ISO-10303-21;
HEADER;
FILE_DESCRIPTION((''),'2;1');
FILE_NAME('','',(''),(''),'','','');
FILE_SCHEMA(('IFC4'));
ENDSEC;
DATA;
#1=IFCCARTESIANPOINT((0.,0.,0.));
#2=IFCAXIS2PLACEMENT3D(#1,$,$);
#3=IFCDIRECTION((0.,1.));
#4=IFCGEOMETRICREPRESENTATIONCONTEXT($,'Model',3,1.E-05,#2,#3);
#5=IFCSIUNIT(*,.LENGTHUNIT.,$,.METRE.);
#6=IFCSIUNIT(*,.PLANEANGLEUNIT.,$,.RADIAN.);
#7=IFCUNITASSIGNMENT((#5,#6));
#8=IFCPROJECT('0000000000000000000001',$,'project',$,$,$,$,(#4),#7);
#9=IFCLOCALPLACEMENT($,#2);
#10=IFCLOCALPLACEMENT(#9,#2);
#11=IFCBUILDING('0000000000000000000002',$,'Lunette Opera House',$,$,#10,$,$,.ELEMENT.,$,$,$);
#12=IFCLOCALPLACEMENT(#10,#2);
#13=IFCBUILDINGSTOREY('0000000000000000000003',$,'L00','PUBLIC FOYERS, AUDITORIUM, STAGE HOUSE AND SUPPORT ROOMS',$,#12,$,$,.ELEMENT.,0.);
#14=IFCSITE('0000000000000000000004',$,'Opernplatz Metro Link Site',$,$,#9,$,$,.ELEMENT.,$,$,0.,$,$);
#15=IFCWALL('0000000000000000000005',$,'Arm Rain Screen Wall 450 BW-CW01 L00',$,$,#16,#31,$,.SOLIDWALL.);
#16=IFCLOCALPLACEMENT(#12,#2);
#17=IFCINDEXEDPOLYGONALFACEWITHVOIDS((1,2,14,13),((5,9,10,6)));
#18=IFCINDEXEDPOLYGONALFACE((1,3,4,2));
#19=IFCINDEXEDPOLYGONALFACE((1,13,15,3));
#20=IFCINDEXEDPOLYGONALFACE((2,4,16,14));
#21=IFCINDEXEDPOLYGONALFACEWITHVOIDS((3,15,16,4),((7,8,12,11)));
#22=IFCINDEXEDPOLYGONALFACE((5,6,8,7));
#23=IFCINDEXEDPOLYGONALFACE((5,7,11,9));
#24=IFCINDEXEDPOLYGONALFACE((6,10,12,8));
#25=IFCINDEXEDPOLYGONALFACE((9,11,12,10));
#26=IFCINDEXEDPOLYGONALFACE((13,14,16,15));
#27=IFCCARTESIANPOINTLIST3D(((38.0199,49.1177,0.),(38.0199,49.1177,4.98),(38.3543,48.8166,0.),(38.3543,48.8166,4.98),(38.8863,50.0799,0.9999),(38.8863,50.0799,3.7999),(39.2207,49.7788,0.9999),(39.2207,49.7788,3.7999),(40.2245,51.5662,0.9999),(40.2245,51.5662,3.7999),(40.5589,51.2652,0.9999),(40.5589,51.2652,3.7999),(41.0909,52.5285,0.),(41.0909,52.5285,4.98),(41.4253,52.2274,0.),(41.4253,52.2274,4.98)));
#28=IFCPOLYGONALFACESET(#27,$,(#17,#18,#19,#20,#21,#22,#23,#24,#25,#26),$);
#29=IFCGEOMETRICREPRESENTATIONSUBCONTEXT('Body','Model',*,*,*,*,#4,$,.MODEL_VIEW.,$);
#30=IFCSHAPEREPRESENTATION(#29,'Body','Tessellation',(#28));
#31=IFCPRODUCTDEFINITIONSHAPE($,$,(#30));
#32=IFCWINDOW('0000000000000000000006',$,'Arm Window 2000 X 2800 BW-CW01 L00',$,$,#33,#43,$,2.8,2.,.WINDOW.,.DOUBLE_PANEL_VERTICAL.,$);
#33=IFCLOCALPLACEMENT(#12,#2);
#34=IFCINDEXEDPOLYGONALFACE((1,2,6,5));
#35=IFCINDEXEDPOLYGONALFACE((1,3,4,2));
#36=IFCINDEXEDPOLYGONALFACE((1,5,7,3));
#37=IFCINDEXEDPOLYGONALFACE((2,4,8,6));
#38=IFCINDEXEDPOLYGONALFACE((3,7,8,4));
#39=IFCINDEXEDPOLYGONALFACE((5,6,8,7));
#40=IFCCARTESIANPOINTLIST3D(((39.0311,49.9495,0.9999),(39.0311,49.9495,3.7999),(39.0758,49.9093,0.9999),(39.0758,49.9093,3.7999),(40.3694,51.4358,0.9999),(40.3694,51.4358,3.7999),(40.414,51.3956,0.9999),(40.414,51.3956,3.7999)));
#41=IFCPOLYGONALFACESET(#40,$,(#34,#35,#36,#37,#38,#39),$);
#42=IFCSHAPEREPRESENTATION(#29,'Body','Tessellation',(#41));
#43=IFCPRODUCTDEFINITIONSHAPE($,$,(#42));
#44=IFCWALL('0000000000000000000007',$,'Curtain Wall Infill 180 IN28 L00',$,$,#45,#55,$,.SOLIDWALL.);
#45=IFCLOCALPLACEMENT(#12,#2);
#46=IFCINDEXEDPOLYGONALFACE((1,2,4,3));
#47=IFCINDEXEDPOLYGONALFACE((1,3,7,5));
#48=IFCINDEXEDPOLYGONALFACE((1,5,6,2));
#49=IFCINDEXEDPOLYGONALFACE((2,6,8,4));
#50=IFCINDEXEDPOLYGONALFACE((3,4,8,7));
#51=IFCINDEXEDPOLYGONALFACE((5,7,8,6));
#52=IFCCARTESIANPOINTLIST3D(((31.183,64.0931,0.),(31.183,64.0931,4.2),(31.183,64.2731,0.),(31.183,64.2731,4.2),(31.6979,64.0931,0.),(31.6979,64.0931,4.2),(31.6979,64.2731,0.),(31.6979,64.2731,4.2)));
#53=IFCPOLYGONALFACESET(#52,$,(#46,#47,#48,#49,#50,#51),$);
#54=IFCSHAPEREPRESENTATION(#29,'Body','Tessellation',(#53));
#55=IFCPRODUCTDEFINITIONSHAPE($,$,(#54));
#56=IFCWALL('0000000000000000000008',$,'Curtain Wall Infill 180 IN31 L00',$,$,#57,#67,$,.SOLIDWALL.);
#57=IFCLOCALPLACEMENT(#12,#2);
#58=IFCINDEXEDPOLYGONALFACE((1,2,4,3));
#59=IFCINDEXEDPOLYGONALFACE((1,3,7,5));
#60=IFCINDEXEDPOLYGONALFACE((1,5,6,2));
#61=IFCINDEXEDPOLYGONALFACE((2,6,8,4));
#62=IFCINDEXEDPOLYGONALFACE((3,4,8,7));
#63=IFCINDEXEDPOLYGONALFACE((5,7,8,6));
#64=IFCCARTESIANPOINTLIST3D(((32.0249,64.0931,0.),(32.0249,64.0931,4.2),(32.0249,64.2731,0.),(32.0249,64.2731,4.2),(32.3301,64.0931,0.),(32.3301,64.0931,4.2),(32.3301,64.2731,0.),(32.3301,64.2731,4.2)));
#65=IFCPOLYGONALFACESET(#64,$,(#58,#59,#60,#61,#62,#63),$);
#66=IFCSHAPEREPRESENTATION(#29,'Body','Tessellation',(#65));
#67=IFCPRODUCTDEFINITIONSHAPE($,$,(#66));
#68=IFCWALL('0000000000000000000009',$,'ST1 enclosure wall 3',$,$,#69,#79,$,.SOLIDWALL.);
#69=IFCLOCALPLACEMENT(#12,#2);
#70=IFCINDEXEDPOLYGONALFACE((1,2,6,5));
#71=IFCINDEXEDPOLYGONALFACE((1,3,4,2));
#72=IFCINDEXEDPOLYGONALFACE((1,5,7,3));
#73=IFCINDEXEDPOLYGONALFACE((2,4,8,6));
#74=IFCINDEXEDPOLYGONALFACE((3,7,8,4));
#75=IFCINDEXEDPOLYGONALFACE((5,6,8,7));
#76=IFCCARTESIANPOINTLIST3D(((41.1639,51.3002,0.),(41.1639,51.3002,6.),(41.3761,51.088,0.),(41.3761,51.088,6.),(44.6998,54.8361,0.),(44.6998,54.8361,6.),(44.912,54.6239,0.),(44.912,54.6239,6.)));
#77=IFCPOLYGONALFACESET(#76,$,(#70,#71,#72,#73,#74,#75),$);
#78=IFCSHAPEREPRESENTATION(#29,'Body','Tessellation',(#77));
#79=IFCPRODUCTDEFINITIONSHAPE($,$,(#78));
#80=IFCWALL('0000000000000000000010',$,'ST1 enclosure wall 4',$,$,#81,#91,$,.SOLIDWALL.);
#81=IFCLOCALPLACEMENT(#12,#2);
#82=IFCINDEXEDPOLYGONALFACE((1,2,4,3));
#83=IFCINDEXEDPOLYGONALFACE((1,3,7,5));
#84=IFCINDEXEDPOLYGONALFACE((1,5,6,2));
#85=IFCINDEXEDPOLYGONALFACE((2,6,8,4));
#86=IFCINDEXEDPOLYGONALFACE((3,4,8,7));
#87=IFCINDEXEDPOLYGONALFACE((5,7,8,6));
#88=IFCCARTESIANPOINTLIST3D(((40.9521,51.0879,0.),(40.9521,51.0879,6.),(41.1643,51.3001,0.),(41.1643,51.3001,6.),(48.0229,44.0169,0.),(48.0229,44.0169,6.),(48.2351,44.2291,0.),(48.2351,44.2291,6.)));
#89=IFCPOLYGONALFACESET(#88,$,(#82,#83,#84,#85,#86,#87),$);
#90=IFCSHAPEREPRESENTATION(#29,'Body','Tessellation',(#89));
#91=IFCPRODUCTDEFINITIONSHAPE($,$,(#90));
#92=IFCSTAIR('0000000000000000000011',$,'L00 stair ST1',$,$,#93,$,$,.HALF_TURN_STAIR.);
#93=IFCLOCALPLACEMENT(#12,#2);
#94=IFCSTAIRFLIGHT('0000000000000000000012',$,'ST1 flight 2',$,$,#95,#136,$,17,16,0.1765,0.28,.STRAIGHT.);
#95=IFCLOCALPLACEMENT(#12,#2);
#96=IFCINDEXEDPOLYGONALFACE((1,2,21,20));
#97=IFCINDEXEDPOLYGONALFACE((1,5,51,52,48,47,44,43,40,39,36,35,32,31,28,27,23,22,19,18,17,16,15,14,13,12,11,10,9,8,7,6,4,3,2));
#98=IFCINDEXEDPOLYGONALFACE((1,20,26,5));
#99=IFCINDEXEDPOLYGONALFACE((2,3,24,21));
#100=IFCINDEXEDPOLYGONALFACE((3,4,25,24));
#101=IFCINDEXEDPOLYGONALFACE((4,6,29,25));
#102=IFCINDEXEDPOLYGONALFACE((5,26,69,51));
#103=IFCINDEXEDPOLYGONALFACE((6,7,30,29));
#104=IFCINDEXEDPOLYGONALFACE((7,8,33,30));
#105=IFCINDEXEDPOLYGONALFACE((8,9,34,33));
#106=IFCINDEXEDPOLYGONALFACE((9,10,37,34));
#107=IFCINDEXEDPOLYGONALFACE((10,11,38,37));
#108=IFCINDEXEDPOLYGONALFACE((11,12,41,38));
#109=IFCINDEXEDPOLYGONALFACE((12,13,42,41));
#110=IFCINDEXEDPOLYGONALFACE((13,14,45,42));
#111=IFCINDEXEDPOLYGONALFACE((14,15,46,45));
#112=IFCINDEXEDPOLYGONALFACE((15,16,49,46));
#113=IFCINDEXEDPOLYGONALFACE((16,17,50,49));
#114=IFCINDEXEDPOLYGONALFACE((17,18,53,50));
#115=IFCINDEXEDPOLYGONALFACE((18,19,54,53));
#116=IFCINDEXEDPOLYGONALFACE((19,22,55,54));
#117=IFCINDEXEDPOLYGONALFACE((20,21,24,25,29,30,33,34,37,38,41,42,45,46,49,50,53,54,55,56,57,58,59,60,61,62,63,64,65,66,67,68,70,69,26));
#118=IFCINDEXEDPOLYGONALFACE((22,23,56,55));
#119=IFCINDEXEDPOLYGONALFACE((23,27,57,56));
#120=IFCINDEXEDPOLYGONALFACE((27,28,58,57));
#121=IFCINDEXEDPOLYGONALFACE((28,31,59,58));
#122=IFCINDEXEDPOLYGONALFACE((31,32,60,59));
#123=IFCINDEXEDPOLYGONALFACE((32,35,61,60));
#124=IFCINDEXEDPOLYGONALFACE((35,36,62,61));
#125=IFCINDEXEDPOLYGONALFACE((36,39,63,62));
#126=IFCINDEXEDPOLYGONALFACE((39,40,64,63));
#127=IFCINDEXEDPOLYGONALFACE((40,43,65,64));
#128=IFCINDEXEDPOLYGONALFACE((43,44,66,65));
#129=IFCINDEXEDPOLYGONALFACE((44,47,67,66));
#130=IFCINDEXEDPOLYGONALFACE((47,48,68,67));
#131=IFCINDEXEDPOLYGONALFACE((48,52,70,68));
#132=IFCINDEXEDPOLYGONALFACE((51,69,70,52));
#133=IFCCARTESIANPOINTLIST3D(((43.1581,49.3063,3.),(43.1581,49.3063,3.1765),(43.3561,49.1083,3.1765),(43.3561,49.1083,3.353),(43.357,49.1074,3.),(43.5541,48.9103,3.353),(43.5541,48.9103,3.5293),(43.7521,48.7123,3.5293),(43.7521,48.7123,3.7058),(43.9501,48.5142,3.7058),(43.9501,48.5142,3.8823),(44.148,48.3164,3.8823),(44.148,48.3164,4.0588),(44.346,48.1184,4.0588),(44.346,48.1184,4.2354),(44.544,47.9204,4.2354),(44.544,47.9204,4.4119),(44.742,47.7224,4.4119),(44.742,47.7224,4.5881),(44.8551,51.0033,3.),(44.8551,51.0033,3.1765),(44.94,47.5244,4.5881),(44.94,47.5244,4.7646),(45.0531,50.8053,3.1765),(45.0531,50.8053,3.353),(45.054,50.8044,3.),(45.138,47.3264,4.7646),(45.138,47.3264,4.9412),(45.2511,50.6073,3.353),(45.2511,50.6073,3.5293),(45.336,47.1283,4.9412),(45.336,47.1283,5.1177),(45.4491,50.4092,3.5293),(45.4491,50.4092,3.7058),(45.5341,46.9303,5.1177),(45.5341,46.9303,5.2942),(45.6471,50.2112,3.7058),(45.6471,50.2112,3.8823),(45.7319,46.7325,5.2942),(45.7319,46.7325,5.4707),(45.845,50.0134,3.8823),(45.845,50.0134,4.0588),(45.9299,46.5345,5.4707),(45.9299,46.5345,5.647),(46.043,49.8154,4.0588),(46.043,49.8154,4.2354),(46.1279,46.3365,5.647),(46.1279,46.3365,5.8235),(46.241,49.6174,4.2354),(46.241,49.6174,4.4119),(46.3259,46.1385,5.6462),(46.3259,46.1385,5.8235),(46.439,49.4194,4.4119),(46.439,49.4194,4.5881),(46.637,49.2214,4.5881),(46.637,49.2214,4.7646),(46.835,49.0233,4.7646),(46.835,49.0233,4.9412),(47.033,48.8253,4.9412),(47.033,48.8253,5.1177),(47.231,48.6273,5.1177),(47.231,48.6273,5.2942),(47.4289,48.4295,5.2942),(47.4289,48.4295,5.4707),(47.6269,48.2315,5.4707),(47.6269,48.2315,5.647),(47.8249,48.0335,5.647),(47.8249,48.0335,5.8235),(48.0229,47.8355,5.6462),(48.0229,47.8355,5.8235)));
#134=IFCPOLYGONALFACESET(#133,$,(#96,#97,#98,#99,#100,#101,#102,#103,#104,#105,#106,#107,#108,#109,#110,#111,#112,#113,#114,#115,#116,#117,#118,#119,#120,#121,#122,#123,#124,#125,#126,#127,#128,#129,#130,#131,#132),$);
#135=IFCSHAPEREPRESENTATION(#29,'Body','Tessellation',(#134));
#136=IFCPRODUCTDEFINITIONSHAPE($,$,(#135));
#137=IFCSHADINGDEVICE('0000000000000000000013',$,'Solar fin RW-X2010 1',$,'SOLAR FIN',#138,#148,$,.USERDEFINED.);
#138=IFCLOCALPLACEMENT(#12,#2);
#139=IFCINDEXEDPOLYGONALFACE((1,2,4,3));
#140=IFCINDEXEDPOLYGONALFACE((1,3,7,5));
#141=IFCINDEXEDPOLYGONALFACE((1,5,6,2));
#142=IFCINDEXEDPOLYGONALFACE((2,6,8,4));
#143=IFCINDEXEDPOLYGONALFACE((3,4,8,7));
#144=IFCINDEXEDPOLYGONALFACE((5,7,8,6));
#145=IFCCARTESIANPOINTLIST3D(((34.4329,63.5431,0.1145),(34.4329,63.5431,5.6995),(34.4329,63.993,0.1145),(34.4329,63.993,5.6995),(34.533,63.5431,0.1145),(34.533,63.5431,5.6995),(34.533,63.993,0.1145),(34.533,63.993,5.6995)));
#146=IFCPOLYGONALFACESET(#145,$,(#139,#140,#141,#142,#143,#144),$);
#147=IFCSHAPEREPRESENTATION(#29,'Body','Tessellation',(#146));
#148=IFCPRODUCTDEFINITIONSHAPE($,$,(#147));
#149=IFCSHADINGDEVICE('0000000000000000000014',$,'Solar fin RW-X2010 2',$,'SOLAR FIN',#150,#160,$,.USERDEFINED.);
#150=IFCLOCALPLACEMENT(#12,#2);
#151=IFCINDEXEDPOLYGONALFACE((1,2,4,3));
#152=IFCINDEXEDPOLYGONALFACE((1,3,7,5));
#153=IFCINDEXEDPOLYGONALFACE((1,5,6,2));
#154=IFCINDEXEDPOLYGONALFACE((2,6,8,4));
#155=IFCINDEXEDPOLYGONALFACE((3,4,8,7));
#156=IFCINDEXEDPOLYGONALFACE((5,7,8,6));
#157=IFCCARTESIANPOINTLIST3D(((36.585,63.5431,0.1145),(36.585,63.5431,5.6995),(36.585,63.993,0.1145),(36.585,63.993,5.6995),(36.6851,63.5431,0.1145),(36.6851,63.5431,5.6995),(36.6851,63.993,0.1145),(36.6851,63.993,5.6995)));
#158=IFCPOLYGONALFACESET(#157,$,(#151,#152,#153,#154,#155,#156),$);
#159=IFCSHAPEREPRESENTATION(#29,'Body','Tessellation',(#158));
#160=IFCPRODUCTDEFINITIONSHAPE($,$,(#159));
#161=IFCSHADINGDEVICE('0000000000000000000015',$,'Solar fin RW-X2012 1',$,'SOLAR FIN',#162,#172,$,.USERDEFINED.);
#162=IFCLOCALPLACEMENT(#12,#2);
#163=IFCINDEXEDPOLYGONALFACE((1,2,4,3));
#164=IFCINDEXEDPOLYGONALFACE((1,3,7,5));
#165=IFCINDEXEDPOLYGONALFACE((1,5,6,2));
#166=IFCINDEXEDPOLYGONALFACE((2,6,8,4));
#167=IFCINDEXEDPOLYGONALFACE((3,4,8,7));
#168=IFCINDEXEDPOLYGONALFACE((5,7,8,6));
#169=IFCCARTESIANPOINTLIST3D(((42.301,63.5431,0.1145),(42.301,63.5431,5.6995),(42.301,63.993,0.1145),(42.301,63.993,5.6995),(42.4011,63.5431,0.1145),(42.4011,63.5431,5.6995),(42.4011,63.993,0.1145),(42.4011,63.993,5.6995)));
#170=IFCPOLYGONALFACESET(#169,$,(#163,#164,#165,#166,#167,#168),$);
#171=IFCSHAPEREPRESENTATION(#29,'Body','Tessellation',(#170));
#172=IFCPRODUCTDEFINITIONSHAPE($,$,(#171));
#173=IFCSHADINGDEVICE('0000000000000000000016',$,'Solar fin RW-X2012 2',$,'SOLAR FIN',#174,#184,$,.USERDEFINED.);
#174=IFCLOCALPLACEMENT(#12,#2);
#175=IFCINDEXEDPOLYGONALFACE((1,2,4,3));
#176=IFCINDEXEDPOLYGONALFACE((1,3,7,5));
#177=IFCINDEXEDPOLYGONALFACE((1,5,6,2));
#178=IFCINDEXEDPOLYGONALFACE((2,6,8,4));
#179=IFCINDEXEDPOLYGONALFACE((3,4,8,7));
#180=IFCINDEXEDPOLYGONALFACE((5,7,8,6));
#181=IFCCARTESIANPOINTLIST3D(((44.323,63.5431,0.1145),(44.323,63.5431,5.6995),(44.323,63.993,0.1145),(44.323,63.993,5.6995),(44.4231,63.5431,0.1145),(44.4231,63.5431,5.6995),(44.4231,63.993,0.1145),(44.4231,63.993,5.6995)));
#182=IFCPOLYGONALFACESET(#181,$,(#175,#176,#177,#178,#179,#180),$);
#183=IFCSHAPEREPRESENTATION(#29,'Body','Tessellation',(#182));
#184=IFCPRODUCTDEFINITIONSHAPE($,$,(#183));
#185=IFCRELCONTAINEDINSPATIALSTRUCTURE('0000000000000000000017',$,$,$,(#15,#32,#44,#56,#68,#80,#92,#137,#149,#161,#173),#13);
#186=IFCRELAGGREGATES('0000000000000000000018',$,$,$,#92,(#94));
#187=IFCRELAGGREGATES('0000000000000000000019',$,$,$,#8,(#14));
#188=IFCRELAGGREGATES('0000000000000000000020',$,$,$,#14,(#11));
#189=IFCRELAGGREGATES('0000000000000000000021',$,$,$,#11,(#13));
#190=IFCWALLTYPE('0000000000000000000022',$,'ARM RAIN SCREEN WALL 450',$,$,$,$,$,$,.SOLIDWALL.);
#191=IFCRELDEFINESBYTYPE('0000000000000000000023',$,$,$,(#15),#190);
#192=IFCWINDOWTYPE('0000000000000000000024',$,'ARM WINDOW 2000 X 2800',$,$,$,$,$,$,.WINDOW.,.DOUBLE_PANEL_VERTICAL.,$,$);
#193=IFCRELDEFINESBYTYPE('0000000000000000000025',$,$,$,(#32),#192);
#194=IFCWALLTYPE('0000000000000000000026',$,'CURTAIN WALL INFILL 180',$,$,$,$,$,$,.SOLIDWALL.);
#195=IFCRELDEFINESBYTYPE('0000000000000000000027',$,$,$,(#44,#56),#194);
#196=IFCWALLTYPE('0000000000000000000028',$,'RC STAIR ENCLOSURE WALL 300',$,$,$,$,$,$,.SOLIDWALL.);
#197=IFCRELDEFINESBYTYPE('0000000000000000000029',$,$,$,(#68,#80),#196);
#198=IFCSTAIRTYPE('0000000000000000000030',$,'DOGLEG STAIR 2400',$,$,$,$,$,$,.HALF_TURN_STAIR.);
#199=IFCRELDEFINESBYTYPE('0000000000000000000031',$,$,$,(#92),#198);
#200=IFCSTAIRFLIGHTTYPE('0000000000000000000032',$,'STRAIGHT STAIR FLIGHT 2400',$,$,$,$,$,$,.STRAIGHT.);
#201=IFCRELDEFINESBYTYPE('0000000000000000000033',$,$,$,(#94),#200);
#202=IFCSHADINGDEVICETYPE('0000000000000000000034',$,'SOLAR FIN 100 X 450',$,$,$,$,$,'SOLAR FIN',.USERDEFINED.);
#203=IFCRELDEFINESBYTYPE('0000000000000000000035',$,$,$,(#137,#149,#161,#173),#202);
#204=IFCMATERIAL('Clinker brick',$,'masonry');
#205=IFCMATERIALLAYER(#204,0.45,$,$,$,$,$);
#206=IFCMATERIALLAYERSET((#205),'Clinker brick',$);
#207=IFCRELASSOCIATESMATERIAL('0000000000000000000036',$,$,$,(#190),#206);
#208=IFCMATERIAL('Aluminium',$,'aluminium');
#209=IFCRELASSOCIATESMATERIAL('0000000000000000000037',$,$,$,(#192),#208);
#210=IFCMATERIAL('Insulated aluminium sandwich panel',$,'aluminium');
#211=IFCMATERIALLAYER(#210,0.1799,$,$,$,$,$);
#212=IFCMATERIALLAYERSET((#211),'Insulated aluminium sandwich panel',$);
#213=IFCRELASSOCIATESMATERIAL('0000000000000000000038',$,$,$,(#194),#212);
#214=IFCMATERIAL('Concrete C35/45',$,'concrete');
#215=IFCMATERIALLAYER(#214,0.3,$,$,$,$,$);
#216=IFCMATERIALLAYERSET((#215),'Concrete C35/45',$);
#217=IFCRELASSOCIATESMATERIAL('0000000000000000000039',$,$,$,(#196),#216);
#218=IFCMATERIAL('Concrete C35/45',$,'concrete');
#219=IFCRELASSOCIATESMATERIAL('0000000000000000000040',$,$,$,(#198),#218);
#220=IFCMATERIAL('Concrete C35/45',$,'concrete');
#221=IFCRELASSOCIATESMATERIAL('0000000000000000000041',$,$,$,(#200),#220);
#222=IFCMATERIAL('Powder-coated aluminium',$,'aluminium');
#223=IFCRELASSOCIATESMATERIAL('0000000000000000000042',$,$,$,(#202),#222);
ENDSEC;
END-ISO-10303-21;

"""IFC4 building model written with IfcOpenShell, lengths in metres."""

from ifc_helpers import new_model, si_unit, direction, frame, frame_2d, origin, origin_2d, place, context, subcontext, project, spatial, polyline, rectangle, outline, extrude, material, layer, layer_set, type_object, element, fill, aggregate, save


model = new_model("IFC4")

# Units and contexts
model_context = context("Model", 3, precision=1e-05, world=origin(), true_north=direction((0.0, 1.0)))
body_context = subcontext(model_context, "Body", "Model", "MODEL_VIEW")
ifc_project = project(units=[si_unit("LENGTHUNIT", "METRE"), si_unit("PLANEANGLEUNIT", "RADIAN")], contexts=[model_context])

# Site, building, storey
site_placement = place(None, origin())
site = spatial("IfcSite", under=ifc_project, at=site_placement, Name="Opernplatz Metro Link Site", CompositionType="ELEMENT", RefElevation=0.0)
building_placement = place(site_placement, origin())
building = spatial("IfcBuilding", under=site, at=building_placement, Name="Lunette Opera House", CompositionType="ELEMENT")
storey_placement = place(building_placement, origin())
storey = spatial("IfcBuildingStorey", under=building, at=storey_placement, Name="L00", Description="PUBLIC FOYERS, AUDITORIUM, STAGE HOUSE AND SUPPORT ROOMS", CompositionType="ELEMENT", Elevation=0.0)

# Wall, opening, window
ifc_material_1 = material(Name="Clinker brick", Category="masonry")
ifc_layer_1 = layer(ifc_material_1, 0.45)
ifc_layer_set_1 = layer_set([ifc_layer_1], Name="Clinker brick")
wall_type_1 = type_object("IfcWallType", Name="ARM RAIN SCREEN WALL 450", PredefinedType="SOLIDWALL", material=ifc_layer_set_1)
wall_1_placement = place(storey_placement, frame((38.187, 48.967, 0.0), z_axis=(0.0, 0.0, 1.0), x_axis=(0.669115, 0.743159, 0.0)))
wall_1 = element("IfcWall", 1, at=wall_1_placement, inside=storey, type_object=wall_type_1, Name="Arm Rain Screen Wall 450 BW-CW01 L00", PredefinedType="SOLIDWALL", context=body_context, shape_type="SweptSolid", body=[
    extrude(rectangle(XDim=4.5896, YDim=0.45, at=frame_2d((2.2949, 0.0))), origin(), (0.0, 0.0, 1.0), 4.98),
])
opening_1_placement = place(wall_1_placement, frame((1.2949, 0.0, 1.0)))
opening_1 = element("IfcOpeningElement", 2, at=opening_1_placement, cuts=wall_1, PredefinedType="OPENING", context=body_context, shape_type="SweptSolid", body=[
    extrude(rectangle(XDim=2.0, YDim=2.8, at=frame_2d((1.0, 1.3999))), frame((0.0, 0.2371, 0.0), z_axis=(0.0, -1.0, 0.0), x_axis=(1.0, 0.0, 0.0)), (0.0, 0.0, 1.0), 0.4739),
])
ifc_material_2 = material(Name="Aluminium", Category="aluminium")
window_type = type_object("IfcWindowType", Name="ARM WINDOW 2000 X 2800", PartitioningType="DOUBLE_PANEL_VERTICAL", PredefinedType="WINDOW", material=ifc_material_2)
window_placement = place(opening_1_placement, origin())
window = element("IfcWindow", 3, at=window_placement, inside=storey, type_object=window_type, Name="Arm Window 2000 X 2800 BW-CW01 L00", OverallHeight=2.8, OverallWidth=2.0, PartitioningType="DOUBLE_PANEL_VERTICAL", PredefinedType="WINDOW", context=body_context, shape_type="SweptSolid", body=[
    extrude(rectangle(XDim=2.0, YDim=2.8, at=frame_2d((1.0, 1.3999))), frame((0.0, 0.03, 0.0), z_axis=(0.0, -1.0, 0.0), x_axis=(1.0, 0.0, 0.0)), (0.0, 0.0, 1.0), 0.0601),
])
fill(opening_1, window)

# Walls
ifc_material_3 = material(Name="Insulated aluminium sandwich panel", Category="aluminium")
ifc_layer_2 = layer(ifc_material_3, 0.1799)
ifc_layer_set_2 = layer_set([ifc_layer_2], Name="Insulated aluminium sandwich panel")
wall_type_2 = type_object("IfcWallType", Name="CURTAIN WALL INFILL 180", PredefinedType="SOLIDWALL", material=ifc_layer_set_2)
wall_2_placement = place(storey_placement, frame((31.1831, 64.1831, 0.0), z_axis=(0.0, 0.0, 1.0), x_axis=(1.0, 0.0, 0.0)))
element("IfcWall", 4, at=wall_2_placement, inside=storey, type_object=wall_type_2, Name="Curtain Wall Infill 180 IN28 L00", PredefinedType="SOLIDWALL", context=body_context, shape_type="SweptSolid", body=[
    extrude(rectangle(XDim=0.5149, YDim=0.1799, at=frame_2d((0.2573, 0.0))), origin(), (0.0, 0.0, 1.0), 4.2),
])
wall_3_placement = place(storey_placement, frame((32.3301, 64.1831, 0.0), z_axis=(0.0, 0.0, 1.0), x_axis=(-1.0, 0.0, 0.0)))
element("IfcWall", 5, at=wall_3_placement, inside=storey, type_object=wall_type_2, Name="Curtain Wall Infill 180 IN31 L00", PredefinedType="SOLIDWALL", context=body_context, shape_type="SweptSolid", body=[
    extrude(rectangle(XDim=0.3052, YDim=0.1799, at=frame_2d((0.1526, 0.0))), origin(), (0.0, 0.0, 1.0), 4.2),
])
ifc_material_4 = material(Name="Concrete C35/45", Category="concrete")
ifc_layer_3 = layer(ifc_material_4, 0.3)
ifc_layer_set_3 = layer_set([ifc_layer_3], Name="Concrete C35/45")
wall_type_3 = type_object("IfcWallType", Name="RC STAIR ENCLOSURE WALL 300", PredefinedType="SOLIDWALL", material=ifc_layer_set_3)
wall_4_placement = place(storey_placement, frame((44.8059, 54.73, 0.0), z_axis=(0.0, 0.0, 1.0), x_axis=(-0.707107, -0.707107, 0.0)))
element("IfcWall", 6, at=wall_4_placement, inside=storey, type_object=wall_type_3, Name="ST1 enclosure wall 3", PredefinedType="SOLIDWALL", context=body_context, shape_type="SweptSolid", body=[
    extrude(rectangle(XDim=5.0005, YDim=0.3, at=frame_2d((2.5002, 0.0))), origin(), (0.0, 0.0, 1.0), 6.0),
])
wall_5_placement = place(storey_placement, frame((41.0581, 51.1941, 0.0), z_axis=(0.0, 0.0, 1.0), x_axis=(0.707095, -0.707119, 0.0)))
element("IfcWall", 7, at=wall_5_placement, inside=storey, type_object=wall_type_3, Name="ST1 enclosure wall 4", PredefinedType="SOLIDWALL", context=body_context, shape_type="SweptSolid", body=[
    extrude(rectangle(XDim=9.9998, YDim=0.3, at=frame_2d((5.0, 0.0))), origin(), (0.0, 0.0, 1.0), 6.0),
])

# Stair, stair flight
ifc_material_5 = material(Name="Concrete C35/45", Category="concrete")
stair_type = type_object("IfcStairType", Name="DOGLEG STAIR 2400", PredefinedType="HALF_TURN_STAIR", material=ifc_material_5)
stair_placement = place(storey_placement, origin())
stair = element("IfcStair", 8, at=stair_placement, inside=storey, type_object=stair_type, Name="L00 stair ST1", PredefinedType="HALF_TURN_STAIR")
ifc_material_6 = material(Name="Concrete C35/45", Category="concrete")
stair_flight_type = type_object("IfcStairFlightType", Name="STRAIGHT STAIR FLIGHT 2400", PredefinedType="STRAIGHT", material=ifc_material_6)
stair_flight_placement = place(storey_placement, frame((44.0066, 50.1548, 3.0), z_axis=(0.0, 0.0, 1.0), x_axis=(0.707107, -0.707107, 0.0)))
stair_flight = element("IfcStairFlight", 9, at=stair_flight_placement, type_object=stair_flight_type, Name="ST1 flight 2", NumberOfRisers=17, NumberOfTreads=16, PredefinedType="STRAIGHT", RiserHeight=0.1765, TreadLength=0.28, context=body_context, shape_type="SweptSolid", body=[
    extrude(outline(polyline([(0.0, 0.0), (0.0, 0.1765), (0.28, 0.1765), (0.28, 0.353), (0.5601, 0.353), (0.5601, 0.5293), (0.8401, 0.5293), (0.8401, 0.7058), (1.1201, 0.7058), (1.1201, 0.8823), (1.3999, 0.8823), (1.3999, 1.0588), (1.6799, 1.0588), (1.6799, 1.2354), (1.96, 1.2354), (1.96, 1.4119), (2.24, 1.4119), (2.24, 1.5881), (2.52, 1.5881), (2.52, 1.7646), (2.8, 1.7646), (2.8, 1.9412), (3.0801, 1.9412), (3.0801, 2.1177), (3.3601, 2.1177), (3.3601, 2.2942), (3.6399, 2.2942), (3.6399, 2.4707), (3.9199, 2.4707), (3.9199, 2.647), (4.2, 2.647), (4.2, 2.8235), (4.48, 2.8235), (4.48, 3.0), (4.48, 2.6462), (0.2812, 0.0), (0.0, 0.0)])), frame((0.0, 1.2, 0.0), z_axis=(0.0, -1.0, 0.0), x_axis=(1.0, 0.0, 0.0)), (0.0, 0.0, 1.0), 2.3999),
])
aggregate(stair, [stair_flight])

# Shading devices
ifc_material_7 = material(Name="Powder-coated aluminium", Category="aluminium")
shading_device_type = type_object("IfcShadingDeviceType", Name="SOLAR FIN 100 X 450", ElementType="SOLAR FIN", PredefinedType="USERDEFINED", material=ifc_material_7)
for number, where, z_axis, x_axis, name in (
    (10, (34.4829, 63.7681, 0.1145), (0.0, 0.0, 1.0), (0.0, -1.0, 0.0), "Solar fin RW-X2010 1"),
    (11, (36.635, 63.7681, 0.1145), (0.0, 0.0, 1.0), (0.0, -1.0, 0.0), "Solar fin RW-X2010 2"),
    (12, (42.3511, 63.7681, 0.1145), (0.0, 0.0, 1.0), (0.0, -1.0, 0.0), "Solar fin RW-X2012 1"),
    (13, (44.373, 63.7681, 0.1145), (0.0, 0.0, 1.0), (0.0, -1.0, 0.0), "Solar fin RW-X2012 2"),
):
    element("IfcShadingDevice", number, at=place(storey_placement, frame(where, z_axis=z_axis, x_axis=x_axis)), inside=storey, type_object=shading_device_type, Name=name, ObjectType="SOLAR FIN", PredefinedType="USERDEFINED", context=body_context, shape_type="SweptSolid", body=[
        extrude(rectangle(XDim=0.45, YDim=0.1001, at=origin_2d()), origin(), (0.0, 0.0, 1.0), 5.585),
    ])

save(model, "model.ifc")
